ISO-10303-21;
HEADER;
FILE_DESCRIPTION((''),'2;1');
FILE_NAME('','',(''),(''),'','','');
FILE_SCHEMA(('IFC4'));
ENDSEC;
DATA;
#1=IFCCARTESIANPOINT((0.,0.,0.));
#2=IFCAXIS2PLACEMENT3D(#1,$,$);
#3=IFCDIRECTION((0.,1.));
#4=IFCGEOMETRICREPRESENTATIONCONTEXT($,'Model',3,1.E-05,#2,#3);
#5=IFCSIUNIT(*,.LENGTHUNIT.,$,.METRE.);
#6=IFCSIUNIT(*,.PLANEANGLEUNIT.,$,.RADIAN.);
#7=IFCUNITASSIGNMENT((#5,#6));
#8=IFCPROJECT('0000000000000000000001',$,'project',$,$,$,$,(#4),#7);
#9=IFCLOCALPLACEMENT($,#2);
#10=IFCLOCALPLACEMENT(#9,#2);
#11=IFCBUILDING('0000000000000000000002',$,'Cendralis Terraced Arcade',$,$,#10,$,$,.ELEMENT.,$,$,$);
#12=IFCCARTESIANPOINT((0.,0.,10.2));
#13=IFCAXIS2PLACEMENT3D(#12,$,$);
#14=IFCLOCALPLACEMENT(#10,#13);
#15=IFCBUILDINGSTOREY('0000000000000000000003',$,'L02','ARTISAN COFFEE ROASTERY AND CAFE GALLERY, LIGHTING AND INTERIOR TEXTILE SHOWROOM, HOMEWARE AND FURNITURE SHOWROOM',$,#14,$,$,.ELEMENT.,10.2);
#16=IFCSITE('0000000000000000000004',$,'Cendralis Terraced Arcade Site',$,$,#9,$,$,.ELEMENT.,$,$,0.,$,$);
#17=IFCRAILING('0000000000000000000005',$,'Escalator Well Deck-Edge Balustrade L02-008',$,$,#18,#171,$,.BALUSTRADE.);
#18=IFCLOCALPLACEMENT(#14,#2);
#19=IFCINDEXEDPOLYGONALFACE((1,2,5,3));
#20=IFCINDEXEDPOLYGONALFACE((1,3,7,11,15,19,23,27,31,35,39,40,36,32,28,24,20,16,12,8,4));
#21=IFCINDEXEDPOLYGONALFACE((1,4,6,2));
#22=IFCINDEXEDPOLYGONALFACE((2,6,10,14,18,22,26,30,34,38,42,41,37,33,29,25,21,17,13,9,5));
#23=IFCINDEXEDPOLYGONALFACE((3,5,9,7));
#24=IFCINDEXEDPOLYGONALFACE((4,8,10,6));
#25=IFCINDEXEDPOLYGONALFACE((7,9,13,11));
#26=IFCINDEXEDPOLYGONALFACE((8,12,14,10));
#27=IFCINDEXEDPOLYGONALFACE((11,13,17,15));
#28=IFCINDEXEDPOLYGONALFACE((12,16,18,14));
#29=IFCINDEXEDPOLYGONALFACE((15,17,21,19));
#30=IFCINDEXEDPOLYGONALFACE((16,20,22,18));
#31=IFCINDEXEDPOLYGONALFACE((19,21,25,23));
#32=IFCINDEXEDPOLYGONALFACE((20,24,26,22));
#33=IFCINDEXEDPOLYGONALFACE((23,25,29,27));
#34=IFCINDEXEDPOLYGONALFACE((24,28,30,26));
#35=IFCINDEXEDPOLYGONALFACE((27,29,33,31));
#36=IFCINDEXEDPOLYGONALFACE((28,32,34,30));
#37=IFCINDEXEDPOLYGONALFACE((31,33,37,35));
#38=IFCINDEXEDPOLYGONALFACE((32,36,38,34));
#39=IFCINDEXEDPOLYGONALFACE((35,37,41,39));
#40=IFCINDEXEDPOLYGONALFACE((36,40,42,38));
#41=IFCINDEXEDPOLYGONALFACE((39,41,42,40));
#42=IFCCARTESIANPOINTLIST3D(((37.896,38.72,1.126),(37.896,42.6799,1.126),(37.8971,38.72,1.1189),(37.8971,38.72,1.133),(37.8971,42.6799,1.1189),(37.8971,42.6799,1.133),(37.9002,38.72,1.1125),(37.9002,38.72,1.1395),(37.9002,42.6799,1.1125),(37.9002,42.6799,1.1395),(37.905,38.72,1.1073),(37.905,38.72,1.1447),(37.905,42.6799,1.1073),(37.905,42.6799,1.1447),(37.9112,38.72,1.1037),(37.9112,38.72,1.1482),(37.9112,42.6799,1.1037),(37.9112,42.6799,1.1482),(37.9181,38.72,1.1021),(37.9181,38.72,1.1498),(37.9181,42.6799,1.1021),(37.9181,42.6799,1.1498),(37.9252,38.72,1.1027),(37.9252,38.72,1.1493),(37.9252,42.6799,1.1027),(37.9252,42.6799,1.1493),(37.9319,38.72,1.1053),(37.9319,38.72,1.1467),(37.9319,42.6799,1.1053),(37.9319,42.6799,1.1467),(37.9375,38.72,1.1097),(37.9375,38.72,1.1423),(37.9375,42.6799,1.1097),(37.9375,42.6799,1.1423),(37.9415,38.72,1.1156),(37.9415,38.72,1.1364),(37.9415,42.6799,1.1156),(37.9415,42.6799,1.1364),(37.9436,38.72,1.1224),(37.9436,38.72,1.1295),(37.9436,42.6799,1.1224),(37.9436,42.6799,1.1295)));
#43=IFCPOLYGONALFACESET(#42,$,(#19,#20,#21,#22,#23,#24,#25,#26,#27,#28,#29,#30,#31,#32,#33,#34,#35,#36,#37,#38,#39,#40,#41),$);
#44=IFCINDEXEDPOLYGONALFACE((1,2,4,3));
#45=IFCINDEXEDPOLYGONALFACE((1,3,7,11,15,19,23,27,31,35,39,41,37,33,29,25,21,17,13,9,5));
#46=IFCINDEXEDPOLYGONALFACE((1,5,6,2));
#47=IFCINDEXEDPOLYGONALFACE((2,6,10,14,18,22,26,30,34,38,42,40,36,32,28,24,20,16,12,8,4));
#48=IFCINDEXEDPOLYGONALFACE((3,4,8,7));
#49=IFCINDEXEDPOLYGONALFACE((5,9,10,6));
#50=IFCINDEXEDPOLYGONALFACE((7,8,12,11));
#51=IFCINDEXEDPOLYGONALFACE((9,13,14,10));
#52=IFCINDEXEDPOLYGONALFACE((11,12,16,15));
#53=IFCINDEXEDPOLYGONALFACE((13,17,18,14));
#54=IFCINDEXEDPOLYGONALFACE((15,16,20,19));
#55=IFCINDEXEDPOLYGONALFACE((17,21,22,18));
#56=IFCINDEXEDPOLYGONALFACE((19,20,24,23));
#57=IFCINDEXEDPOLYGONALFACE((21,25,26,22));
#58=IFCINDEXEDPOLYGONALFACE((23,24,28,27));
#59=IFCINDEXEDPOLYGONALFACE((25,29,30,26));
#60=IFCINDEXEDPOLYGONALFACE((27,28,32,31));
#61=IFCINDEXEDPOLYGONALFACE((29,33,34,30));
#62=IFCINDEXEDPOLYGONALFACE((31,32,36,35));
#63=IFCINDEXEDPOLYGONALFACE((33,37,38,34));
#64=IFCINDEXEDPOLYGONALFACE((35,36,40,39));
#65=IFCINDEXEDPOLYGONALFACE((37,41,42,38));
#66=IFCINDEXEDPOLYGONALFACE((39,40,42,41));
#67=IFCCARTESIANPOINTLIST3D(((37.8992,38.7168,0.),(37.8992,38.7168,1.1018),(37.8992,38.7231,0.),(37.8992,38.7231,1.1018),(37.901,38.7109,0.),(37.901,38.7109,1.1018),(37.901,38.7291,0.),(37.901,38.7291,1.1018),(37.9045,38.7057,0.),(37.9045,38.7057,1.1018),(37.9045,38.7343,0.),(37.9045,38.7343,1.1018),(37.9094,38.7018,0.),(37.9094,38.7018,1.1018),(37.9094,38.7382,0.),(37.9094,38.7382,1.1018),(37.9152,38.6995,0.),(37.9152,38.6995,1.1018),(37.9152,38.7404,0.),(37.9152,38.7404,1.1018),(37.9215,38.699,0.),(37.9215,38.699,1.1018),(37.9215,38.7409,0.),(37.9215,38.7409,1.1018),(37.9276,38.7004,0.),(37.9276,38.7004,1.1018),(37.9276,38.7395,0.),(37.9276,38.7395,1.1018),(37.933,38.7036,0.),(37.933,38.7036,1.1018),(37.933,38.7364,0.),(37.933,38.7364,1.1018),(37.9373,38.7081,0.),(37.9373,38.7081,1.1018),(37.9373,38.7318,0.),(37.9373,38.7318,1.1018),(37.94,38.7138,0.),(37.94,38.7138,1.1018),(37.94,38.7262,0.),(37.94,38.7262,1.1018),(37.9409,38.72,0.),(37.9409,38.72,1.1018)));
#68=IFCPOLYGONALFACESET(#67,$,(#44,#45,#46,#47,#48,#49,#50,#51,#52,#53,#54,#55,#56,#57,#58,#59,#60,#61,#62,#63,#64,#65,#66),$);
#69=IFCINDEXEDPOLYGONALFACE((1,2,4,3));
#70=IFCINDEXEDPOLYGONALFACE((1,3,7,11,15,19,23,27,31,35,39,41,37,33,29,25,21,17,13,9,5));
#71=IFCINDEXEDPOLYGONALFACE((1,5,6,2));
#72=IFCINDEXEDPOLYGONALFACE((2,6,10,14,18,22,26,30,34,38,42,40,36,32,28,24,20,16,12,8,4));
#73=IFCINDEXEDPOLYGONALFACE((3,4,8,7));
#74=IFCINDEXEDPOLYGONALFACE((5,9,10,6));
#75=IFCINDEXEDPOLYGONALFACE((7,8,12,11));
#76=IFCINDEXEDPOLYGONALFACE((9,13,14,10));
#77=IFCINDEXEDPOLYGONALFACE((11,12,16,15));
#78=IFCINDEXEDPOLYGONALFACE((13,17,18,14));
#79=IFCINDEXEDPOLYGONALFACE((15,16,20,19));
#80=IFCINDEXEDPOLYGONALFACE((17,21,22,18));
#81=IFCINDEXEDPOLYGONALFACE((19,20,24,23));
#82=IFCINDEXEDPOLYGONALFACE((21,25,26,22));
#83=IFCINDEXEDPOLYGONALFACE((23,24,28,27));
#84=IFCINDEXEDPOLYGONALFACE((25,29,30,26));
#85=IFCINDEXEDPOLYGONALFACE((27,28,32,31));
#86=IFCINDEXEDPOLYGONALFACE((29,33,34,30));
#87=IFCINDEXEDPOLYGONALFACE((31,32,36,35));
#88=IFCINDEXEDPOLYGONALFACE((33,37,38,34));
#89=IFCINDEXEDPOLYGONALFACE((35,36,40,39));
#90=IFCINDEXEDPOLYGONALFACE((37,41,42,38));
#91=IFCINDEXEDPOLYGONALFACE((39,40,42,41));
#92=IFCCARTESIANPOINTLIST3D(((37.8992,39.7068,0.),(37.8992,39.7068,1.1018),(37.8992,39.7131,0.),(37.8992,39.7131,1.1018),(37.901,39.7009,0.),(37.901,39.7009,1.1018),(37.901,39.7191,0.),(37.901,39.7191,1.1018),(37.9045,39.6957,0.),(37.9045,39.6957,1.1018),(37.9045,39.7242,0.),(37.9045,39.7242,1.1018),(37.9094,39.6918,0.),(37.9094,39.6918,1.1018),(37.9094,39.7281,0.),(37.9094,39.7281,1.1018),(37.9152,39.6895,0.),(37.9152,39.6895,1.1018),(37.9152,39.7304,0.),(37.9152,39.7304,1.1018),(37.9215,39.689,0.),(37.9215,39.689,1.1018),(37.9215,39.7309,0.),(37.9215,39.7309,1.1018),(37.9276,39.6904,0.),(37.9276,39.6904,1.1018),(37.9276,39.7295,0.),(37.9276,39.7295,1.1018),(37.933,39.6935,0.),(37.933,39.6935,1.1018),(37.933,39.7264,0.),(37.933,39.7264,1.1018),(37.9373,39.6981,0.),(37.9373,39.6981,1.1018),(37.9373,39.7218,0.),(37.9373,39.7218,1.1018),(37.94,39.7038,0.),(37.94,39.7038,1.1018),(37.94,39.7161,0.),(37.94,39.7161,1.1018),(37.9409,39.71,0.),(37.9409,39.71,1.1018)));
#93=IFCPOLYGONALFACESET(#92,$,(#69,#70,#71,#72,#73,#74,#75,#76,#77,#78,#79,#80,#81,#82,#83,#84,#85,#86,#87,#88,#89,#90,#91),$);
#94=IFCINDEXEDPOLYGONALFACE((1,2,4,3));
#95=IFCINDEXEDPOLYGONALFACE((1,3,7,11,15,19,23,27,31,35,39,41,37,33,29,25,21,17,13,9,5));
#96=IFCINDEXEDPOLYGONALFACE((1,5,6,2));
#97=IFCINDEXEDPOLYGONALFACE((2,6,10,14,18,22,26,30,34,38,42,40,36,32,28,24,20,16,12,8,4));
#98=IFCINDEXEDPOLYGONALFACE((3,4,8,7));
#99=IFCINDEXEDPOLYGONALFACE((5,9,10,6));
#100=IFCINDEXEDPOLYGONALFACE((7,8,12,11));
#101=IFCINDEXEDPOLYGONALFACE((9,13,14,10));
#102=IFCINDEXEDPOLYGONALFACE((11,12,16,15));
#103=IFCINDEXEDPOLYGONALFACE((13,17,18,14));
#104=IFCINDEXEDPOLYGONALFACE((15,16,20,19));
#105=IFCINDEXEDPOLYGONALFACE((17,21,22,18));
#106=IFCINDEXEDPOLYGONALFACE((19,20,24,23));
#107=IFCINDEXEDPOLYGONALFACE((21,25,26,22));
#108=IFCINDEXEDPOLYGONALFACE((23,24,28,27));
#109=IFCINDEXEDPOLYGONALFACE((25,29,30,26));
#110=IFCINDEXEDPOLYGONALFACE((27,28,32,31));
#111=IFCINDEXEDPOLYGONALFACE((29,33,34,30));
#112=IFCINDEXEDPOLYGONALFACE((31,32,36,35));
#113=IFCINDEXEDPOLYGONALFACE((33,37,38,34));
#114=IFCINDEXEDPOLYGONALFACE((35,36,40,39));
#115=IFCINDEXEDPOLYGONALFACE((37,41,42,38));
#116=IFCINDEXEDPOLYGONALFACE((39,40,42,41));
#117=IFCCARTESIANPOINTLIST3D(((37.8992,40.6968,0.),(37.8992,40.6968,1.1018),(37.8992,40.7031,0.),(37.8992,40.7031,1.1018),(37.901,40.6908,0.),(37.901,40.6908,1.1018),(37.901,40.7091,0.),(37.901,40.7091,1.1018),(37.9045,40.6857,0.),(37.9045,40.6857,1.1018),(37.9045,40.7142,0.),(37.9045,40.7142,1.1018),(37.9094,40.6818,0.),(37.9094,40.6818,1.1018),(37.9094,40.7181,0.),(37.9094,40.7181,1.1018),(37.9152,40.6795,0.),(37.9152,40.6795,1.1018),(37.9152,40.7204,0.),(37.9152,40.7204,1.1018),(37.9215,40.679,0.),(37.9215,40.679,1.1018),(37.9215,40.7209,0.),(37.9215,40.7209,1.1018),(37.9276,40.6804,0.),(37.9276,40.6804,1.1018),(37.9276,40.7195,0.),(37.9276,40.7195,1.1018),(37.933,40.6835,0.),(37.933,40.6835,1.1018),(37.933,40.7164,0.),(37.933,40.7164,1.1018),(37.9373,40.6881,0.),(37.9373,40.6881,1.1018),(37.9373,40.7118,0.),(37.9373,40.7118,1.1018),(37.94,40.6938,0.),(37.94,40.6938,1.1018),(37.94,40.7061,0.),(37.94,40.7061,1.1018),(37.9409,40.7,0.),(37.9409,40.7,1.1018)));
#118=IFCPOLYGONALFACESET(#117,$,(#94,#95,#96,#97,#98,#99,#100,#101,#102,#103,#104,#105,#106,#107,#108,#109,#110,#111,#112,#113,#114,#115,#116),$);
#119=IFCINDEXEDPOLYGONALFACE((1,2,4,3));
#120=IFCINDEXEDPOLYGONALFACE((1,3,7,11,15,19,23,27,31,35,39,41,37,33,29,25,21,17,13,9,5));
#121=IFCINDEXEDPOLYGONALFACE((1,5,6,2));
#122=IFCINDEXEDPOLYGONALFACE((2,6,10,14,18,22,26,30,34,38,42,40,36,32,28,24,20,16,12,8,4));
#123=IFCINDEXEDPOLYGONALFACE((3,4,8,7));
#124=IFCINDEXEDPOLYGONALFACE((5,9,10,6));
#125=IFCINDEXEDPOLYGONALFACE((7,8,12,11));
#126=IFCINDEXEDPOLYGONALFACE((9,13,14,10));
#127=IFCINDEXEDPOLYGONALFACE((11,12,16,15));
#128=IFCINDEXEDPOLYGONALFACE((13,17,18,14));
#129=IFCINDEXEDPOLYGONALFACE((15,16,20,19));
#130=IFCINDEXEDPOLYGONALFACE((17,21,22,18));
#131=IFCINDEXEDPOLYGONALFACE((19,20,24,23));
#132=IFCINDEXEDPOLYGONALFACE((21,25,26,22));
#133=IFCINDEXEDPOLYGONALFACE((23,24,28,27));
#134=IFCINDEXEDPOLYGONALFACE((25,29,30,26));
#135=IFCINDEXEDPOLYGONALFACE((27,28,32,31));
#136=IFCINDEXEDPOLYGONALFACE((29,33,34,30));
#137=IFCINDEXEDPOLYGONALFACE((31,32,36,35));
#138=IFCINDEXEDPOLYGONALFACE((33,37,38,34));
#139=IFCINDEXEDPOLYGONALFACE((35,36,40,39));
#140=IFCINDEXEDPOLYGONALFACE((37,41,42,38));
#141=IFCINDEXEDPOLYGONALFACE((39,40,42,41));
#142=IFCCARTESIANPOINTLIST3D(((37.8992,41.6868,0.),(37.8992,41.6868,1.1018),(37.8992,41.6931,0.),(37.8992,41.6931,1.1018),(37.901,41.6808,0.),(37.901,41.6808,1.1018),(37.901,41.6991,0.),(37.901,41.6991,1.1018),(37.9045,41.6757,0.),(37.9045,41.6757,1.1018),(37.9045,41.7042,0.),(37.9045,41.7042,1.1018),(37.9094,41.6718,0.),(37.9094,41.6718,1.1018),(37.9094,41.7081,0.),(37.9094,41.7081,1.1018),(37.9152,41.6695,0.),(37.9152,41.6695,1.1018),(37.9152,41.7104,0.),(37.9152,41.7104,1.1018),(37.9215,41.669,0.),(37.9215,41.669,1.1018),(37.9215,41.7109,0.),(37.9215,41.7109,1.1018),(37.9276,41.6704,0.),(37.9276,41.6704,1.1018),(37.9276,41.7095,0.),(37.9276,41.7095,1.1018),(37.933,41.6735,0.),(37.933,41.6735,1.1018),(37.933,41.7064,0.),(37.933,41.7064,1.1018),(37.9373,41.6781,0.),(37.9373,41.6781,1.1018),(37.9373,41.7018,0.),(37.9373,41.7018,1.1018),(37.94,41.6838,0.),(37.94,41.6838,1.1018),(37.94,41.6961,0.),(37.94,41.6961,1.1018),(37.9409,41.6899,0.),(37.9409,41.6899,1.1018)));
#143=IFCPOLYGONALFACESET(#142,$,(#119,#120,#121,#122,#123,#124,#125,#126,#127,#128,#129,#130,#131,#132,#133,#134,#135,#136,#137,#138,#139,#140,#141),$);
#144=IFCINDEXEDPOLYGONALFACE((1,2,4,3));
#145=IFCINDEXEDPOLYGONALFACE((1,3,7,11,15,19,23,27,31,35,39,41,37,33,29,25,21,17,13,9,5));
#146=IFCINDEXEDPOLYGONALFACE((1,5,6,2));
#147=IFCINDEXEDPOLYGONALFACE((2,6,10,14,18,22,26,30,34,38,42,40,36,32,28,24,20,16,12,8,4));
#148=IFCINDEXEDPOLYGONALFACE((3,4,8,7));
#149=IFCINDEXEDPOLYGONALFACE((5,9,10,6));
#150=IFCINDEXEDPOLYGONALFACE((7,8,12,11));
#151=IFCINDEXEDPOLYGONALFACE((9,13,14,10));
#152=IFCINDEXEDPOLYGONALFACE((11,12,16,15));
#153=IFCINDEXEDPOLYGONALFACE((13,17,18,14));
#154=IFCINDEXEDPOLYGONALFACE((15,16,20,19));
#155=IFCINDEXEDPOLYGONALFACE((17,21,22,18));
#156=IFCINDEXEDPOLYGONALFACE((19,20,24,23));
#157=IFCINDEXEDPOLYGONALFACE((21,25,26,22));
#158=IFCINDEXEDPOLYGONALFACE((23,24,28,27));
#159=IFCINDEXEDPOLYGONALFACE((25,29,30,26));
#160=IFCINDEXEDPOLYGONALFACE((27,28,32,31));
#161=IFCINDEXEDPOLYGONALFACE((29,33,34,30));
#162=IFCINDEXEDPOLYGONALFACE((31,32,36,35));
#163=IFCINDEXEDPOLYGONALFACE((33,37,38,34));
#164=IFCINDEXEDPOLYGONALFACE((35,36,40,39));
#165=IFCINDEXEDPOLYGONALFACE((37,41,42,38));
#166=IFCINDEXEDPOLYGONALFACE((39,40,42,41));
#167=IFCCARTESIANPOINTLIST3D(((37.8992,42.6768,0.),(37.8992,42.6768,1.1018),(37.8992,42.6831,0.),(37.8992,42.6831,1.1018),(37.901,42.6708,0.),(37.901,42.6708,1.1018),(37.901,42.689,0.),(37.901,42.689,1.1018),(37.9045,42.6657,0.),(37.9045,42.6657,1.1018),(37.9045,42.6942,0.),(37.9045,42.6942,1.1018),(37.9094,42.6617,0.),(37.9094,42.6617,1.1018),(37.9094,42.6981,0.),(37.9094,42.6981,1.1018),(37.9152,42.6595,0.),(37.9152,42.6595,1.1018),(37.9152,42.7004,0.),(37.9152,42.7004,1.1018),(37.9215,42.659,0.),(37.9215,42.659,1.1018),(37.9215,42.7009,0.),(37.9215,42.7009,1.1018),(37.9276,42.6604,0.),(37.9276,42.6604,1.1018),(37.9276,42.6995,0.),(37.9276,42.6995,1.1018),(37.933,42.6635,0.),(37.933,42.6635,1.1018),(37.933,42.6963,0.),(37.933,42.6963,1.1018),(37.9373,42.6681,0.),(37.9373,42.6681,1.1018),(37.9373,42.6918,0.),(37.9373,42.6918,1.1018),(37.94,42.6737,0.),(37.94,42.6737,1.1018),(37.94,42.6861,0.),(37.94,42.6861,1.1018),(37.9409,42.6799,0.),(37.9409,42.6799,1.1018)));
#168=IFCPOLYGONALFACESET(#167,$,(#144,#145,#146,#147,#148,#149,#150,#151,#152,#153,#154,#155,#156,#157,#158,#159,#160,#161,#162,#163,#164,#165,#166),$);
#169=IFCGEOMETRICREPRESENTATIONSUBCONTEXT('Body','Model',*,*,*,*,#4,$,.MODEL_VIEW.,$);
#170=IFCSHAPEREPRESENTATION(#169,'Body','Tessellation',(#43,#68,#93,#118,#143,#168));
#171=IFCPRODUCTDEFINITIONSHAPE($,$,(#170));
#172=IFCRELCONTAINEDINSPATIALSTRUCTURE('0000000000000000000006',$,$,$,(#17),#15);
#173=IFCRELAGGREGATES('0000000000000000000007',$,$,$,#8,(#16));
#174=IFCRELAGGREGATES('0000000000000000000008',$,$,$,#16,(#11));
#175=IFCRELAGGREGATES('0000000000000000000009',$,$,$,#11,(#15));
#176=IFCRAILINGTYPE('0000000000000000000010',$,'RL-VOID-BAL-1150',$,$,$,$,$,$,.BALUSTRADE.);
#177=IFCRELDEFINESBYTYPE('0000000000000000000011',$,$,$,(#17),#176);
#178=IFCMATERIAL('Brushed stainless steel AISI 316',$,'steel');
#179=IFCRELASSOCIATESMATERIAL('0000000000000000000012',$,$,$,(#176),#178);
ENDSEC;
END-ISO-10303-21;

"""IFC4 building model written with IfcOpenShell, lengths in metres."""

from ifc_helpers import new_model, si_unit, direction, frame, origin, origin_2d, place, context, subcontext, project, spatial, circle, extrude, material, type_object, element, save


model = new_model("IFC4")

# Units and contexts
model_context = context("Model", 3, precision=1e-05, world=origin(), true_north=direction((0.0, 1.0)))
body_context = subcontext(model_context, "Body", "Model", "MODEL_VIEW")
ifc_project = project(units=[si_unit("LENGTHUNIT", "METRE"), si_unit("PLANEANGLEUNIT", "RADIAN")], contexts=[model_context])

# Site, building, storey
site_placement = place(None, origin())
site = spatial("IfcSite", under=ifc_project, at=site_placement, Name="Cendralis Terraced Arcade Site", CompositionType="ELEMENT", RefElevation=0.0)
building_placement = place(site_placement, origin())
building = spatial("IfcBuilding", under=site, at=building_placement, Name="Cendralis Terraced Arcade", CompositionType="ELEMENT")
storey_placement = place(building_placement, frame((0.0, 0.0, 10.2)))
storey = spatial("IfcBuildingStorey", under=building, at=storey_placement, Name="L02", Description="ARTISAN COFFEE ROASTERY AND CAFE GALLERY, LIGHTING AND INTERIOR TEXTILE SHOWROOM, HOMEWARE AND FURNITURE SHOWROOM", CompositionType="ELEMENT", Elevation=10.2)

# Railing
ifc_material_1 = material(Name="Brushed stainless steel AISI 316", Category="steel")
railing_type_1 = type_object("IfcRailingType", Name="RL-VOID-BAL-1150", PredefinedType="BALUSTRADE", material=ifc_material_1)
railing_1_placement = place(storey_placement, frame((37.9199, 38.72, 0.0)))
element("IfcRailing", 1, at=railing_1_placement, inside=storey, type_object=railing_type_1, Name="Escalator Well Deck-Edge Balustrade L02-008", PredefinedType="BALUSTRADE", context=body_context, shape_type="SweptSolid", body=[
    extrude(circle(Radius=0.0239, at=origin_2d()), frame((0.0, 0.0, 1.126), z_axis=(0.0, 1.0, 0.0), x_axis=(-1.0, 0.0, 0.0)), (0.0, 0.0, 1.0), 3.96),
    extrude(circle(Radius=0.021, at=origin_2d()), origin(), (0.0, 0.0, 1.0), 1.1018),
    extrude(circle(Radius=0.021, at=origin_2d()), frame((0.0, 0.99, 0.0)), (0.0, 0.0, 1.0), 1.1018),
    extrude(circle(Radius=0.021, at=origin_2d()), frame((0.0, 1.98, 0.0)), (0.0, 0.0, 1.0), 1.1018),
    extrude(circle(Radius=0.021, at=origin_2d()), frame((0.0, 2.97, 0.0)), (0.0, 0.0, 1.0), 1.1018),
    extrude(circle(Radius=0.021, at=origin_2d()), frame((0.0, 3.96, 0.0)), (0.0, 0.0, 1.0), 1.1018),
])

save(model, "model.ifc")
